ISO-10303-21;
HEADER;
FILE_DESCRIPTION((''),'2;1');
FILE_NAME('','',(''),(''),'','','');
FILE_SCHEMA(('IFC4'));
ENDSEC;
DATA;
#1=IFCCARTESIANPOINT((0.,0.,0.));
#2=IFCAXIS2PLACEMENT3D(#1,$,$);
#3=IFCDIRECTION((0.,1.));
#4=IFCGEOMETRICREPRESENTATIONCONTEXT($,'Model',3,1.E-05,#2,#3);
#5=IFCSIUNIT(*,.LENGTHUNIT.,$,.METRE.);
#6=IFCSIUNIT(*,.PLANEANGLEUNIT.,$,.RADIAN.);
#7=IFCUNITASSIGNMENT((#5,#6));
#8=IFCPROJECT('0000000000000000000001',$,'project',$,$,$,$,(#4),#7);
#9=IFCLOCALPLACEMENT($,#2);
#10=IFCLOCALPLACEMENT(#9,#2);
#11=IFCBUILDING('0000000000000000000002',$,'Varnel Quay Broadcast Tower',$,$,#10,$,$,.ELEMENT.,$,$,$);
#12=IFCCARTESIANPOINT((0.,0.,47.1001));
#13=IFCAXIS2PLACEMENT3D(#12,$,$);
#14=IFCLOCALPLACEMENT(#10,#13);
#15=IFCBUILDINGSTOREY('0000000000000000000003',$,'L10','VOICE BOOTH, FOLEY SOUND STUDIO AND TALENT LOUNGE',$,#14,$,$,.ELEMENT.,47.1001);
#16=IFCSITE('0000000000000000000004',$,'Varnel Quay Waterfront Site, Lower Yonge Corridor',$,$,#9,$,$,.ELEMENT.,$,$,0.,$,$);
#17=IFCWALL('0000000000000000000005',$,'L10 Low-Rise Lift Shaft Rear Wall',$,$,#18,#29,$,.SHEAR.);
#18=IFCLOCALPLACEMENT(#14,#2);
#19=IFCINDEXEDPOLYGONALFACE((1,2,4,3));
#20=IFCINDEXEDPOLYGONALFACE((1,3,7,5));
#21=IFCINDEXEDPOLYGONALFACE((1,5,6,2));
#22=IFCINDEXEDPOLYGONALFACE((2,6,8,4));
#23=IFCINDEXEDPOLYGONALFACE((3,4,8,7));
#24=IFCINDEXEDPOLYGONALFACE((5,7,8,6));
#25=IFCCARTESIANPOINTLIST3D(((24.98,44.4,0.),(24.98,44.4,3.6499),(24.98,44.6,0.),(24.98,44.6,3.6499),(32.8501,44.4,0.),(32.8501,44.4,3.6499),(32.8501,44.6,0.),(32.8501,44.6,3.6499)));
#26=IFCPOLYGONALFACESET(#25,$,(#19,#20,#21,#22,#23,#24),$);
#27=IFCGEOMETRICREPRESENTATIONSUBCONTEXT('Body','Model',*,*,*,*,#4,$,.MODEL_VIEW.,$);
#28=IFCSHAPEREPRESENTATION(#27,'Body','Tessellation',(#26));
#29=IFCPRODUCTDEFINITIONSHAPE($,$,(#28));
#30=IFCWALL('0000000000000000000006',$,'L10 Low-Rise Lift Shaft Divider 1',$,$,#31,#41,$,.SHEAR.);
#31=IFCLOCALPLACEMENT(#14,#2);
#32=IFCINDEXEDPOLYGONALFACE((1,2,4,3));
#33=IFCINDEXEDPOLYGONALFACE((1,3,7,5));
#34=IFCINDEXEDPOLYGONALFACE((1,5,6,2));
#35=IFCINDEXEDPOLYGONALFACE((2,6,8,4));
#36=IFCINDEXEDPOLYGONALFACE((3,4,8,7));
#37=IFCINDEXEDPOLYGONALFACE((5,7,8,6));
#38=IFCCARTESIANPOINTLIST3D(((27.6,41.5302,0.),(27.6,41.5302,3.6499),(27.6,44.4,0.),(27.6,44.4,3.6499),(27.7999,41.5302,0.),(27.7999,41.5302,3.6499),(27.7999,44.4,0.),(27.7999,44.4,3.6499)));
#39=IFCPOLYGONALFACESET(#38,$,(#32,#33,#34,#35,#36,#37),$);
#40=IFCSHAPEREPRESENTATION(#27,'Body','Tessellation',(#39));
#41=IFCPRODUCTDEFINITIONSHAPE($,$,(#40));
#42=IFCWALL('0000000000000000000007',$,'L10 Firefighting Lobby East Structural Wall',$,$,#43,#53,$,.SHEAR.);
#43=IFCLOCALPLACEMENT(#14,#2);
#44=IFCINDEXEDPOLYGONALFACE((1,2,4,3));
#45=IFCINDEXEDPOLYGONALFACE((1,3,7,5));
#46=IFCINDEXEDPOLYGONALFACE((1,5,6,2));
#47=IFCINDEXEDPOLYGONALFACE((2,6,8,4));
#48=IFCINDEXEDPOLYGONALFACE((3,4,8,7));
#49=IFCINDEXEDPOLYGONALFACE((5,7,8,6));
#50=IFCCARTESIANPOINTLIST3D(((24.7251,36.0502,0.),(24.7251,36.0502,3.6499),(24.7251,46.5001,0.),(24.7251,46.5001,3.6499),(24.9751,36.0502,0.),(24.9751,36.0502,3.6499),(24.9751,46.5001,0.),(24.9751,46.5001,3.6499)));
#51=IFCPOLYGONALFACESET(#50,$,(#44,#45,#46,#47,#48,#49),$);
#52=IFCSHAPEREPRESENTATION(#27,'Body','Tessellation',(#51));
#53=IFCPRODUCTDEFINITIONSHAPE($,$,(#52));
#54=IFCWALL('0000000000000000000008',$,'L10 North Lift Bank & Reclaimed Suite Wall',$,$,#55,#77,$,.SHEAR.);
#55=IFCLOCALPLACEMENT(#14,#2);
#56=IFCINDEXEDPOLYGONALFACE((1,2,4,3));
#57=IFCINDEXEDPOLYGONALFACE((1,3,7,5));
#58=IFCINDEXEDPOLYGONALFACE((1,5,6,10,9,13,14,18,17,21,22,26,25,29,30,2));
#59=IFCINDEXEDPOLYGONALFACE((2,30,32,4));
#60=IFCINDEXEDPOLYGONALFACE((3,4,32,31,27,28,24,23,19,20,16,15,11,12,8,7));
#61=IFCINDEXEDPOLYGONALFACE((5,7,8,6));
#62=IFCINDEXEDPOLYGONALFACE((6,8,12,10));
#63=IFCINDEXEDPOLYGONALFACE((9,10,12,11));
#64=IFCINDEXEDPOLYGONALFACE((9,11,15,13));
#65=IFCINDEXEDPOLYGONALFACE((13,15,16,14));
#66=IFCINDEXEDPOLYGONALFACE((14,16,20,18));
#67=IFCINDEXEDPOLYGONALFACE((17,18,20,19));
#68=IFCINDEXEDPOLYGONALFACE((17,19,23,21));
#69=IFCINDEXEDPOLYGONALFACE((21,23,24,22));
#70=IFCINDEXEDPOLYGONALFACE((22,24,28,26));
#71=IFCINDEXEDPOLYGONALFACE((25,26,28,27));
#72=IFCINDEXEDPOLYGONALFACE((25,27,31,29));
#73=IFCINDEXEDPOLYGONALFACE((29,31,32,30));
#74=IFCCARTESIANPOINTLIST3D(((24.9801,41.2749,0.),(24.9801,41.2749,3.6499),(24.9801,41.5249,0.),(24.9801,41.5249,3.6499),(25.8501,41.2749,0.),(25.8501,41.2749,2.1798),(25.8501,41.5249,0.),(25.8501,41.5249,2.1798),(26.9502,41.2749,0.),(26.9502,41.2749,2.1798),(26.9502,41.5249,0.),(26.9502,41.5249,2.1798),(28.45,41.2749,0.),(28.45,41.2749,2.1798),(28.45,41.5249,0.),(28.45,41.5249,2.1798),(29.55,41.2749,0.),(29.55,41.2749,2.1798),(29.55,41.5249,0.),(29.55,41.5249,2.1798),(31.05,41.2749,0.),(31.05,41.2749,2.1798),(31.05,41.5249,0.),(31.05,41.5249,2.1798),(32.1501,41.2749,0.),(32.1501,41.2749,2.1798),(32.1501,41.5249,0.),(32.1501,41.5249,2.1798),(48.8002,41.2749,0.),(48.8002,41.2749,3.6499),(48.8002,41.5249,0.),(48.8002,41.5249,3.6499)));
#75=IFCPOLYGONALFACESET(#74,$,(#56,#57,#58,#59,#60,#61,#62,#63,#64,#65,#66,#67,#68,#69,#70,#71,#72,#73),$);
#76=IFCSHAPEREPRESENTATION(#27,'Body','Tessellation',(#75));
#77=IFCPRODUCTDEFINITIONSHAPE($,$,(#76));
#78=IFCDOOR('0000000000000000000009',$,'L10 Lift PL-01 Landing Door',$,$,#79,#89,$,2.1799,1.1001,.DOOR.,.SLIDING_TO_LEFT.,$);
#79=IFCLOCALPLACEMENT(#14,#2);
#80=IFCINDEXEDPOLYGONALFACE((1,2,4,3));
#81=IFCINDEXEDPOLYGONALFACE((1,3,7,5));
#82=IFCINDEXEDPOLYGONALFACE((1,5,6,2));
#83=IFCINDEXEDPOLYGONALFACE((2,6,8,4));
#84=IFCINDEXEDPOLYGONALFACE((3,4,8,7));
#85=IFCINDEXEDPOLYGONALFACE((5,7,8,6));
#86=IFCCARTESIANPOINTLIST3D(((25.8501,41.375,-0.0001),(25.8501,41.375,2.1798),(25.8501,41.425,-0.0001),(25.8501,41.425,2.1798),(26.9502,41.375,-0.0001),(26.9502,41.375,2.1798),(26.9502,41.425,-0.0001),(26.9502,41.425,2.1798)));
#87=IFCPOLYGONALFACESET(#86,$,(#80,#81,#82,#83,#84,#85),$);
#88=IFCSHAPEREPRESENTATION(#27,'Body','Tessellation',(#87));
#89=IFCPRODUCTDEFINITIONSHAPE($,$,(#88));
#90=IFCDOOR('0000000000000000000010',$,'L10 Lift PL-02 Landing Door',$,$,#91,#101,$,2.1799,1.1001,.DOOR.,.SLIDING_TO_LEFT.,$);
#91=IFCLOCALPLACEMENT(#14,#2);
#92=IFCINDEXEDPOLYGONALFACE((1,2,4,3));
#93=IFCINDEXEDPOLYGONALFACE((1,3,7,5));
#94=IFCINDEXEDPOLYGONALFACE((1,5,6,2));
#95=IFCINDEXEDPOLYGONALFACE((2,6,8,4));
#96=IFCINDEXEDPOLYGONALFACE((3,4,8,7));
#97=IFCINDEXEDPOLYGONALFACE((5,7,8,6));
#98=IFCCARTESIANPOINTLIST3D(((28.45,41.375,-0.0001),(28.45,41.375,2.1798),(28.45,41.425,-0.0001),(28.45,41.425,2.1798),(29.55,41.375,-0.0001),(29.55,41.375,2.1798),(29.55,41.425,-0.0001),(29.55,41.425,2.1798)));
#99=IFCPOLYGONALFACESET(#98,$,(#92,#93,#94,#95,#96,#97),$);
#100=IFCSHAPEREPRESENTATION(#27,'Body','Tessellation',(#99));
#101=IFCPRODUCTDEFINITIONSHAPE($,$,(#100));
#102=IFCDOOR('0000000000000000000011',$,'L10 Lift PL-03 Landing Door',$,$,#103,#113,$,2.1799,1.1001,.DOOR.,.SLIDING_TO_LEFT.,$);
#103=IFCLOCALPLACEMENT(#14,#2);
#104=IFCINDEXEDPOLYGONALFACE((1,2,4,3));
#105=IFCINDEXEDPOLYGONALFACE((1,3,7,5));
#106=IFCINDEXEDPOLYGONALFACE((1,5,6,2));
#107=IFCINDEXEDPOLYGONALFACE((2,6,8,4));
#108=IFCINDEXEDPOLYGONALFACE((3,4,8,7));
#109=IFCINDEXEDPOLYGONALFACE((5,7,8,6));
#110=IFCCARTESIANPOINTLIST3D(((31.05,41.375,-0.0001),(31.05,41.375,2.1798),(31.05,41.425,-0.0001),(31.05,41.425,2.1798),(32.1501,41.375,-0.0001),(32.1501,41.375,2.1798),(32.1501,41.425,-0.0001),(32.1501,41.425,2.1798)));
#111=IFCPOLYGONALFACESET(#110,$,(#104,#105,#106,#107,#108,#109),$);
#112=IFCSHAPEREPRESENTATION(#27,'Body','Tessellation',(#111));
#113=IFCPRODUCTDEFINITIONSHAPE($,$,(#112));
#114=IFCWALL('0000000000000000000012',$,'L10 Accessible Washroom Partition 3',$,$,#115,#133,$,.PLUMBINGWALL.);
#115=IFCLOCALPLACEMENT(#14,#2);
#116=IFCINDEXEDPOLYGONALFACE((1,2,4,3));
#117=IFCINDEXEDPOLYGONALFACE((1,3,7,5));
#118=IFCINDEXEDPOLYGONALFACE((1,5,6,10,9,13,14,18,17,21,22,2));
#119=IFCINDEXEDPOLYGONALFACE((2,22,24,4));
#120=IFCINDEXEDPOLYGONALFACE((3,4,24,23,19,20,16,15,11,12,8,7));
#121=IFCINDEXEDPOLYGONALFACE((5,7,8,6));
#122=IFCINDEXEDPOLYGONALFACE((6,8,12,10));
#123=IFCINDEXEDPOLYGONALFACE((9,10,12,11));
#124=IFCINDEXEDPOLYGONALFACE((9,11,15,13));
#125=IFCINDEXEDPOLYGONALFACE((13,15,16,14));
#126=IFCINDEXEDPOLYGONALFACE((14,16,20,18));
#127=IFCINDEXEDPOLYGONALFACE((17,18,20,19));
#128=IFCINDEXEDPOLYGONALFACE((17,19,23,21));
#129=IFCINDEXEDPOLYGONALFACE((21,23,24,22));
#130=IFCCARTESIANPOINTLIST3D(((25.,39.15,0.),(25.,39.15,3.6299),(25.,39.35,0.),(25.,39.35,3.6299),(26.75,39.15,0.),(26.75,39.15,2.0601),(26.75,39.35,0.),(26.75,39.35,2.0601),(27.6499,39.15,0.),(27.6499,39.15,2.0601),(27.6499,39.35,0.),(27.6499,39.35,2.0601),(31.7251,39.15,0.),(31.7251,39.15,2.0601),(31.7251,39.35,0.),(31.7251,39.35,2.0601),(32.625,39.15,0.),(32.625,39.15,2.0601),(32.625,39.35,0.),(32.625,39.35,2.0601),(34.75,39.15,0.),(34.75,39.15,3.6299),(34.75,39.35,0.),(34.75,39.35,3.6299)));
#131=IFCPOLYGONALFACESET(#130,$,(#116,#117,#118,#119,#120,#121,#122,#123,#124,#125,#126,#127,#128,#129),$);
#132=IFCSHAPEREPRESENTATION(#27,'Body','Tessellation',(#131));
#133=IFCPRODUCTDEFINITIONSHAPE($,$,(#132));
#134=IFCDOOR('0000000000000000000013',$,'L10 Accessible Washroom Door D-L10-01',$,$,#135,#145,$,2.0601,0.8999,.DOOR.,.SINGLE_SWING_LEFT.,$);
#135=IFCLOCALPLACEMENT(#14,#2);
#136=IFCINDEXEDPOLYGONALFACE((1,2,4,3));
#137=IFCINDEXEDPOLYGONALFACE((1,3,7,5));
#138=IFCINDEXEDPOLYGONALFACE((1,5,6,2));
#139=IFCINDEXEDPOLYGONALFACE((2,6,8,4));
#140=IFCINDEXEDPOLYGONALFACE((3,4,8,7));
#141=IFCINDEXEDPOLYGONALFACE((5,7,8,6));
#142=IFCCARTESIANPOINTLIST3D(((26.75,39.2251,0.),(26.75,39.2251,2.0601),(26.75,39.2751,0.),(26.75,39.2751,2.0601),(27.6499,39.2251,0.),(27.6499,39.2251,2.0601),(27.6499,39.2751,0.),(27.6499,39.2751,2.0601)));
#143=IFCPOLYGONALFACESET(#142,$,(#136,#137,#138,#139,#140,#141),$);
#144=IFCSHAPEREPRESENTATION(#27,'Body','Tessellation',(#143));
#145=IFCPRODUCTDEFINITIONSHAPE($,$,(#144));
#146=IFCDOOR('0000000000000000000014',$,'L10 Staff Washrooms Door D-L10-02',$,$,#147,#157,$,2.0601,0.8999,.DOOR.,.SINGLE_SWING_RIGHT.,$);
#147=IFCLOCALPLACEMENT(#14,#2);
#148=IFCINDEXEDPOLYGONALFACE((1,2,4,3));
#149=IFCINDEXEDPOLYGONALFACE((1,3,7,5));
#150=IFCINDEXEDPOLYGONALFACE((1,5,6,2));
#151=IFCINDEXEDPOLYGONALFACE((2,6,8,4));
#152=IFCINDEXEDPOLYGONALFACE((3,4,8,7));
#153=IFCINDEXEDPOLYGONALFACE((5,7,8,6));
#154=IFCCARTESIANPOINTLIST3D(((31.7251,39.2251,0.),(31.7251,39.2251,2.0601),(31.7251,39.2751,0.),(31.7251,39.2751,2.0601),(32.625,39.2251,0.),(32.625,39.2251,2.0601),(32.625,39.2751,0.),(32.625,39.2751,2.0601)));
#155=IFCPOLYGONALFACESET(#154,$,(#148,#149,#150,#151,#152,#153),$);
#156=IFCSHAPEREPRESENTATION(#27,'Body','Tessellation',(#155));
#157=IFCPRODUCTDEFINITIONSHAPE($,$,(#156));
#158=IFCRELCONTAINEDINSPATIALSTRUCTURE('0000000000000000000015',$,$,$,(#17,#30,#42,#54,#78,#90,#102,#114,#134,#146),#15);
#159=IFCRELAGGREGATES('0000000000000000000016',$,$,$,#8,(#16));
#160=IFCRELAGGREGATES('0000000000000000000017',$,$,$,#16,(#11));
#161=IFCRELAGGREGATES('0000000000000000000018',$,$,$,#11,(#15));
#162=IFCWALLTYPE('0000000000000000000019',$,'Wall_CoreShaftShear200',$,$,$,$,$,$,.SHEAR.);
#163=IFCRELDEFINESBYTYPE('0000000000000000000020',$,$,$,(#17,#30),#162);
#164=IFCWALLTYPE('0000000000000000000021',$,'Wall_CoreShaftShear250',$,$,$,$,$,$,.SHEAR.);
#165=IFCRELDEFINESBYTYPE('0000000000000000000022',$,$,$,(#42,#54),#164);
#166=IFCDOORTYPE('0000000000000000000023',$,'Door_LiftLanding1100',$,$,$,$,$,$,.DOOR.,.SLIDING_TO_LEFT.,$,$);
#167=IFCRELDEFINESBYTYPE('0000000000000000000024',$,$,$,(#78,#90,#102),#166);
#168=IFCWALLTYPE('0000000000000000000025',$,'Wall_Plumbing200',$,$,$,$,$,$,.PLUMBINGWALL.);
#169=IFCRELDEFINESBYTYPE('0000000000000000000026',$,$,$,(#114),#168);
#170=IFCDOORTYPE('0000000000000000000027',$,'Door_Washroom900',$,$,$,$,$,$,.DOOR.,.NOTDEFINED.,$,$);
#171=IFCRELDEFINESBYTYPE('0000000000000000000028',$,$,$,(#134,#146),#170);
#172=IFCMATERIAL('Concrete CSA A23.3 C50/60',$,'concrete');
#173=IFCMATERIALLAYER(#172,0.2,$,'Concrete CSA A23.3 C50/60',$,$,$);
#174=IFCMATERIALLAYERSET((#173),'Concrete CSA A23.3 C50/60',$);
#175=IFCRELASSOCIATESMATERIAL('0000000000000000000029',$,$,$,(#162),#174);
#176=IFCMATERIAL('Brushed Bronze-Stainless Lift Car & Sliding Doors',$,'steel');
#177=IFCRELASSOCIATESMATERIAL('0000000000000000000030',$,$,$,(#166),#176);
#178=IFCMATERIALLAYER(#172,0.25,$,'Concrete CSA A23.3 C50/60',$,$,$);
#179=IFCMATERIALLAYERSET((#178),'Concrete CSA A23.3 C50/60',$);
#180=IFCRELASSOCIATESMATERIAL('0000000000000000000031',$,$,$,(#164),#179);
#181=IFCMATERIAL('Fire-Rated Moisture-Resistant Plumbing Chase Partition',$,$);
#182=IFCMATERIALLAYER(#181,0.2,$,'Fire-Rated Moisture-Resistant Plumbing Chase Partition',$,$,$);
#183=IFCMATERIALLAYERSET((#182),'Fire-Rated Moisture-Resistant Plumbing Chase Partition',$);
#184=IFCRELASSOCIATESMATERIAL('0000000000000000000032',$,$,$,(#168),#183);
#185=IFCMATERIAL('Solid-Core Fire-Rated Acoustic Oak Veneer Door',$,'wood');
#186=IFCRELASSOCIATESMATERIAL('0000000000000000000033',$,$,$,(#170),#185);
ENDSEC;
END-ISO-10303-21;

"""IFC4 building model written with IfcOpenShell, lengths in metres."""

from ifc_helpers import new_model, si_unit, direction, frame, frame_2d, origin, place, context, subcontext, project, spatial, rectangle, extrude, source, transform, mapped, material, layer, layer_set, type_object, type_shapes, element, fill, save


model = new_model("IFC4")

# Units and contexts
model_context = context("Model", 3, precision=1e-05, world=origin(), true_north=direction((0.0, 1.0)))
body_context = subcontext(model_context, "Body", "Model", "MODEL_VIEW")
ifc_project = project(units=[si_unit("LENGTHUNIT", "METRE"), si_unit("PLANEANGLEUNIT", "RADIAN")], contexts=[model_context])

# Site, building, storey
site_placement = place(None, origin())
site = spatial("IfcSite", under=ifc_project, at=site_placement, Name="Varnel Quay Waterfront Site, Lower Yonge Corridor", CompositionType="ELEMENT", RefElevation=0.0)
building_placement = place(site_placement, origin())
building = spatial("IfcBuilding", under=site, at=building_placement, Name="Varnel Quay Broadcast Tower", CompositionType="ELEMENT")
storey_placement = place(building_placement, frame((0.0, 0.0, 47.1001)))
storey = spatial("IfcBuildingStorey", under=building, at=storey_placement, Name="L10", Description="VOICE BOOTH, FOLEY SOUND STUDIO AND TALENT LOUNGE", CompositionType="ELEMENT", Elevation=47.1001)

# Shared definitions
ifc_material_1 = material(Name="Concrete CSA A23.3 C50/60", Category="concrete")
ifc_layer_1 = layer(ifc_material_1, 0.2, Name="Concrete CSA A23.3 C50/60")
ifc_layer_set_1 = layer_set([ifc_layer_1], Name="Concrete CSA A23.3 C50/60")
wall_type_1 = type_object("IfcWallType", Name="Wall_CoreShaftShear200", PredefinedType="SHEAR", material=ifc_layer_set_1)

# Shared definitions
ifc_material_2 = material(Name="Brushed Bronze-Stainless Lift Car & Sliding Doors", Category="steel")
door_type_1 = type_object("IfcDoorType", Name="Door_LiftLanding1100", OperationType="SLIDING_TO_LEFT", PredefinedType="DOOR", material=ifc_material_2)
shared_shape_1 = source(origin(), body_context, "Body", "SweptSolid", [
    extrude(rectangle(XDim=1.1001, YDim=2.1799, at=frame_2d((0.55, 1.0898))), frame((0.0, 0.0249, 0.0), z_axis=(0.0, -1.0, 0.0), x_axis=(1.0, 0.0, 0.0)), (0.0, 0.0, 1.0), 0.05),
])
type_shapes(door_type_1, [shared_shape_1])

# Walls
wall_1_placement = place(storey_placement, frame((24.98, 44.5, 0.0), z_axis=(0.0, 0.0, 1.0), x_axis=(1.0, 0.0, 0.0)))
element("IfcWall", 1, at=wall_1_placement, inside=storey, type_object=wall_type_1, Name="L10 Low-Rise Lift Shaft Rear Wall", PredefinedType="SHEAR", context=body_context, shape_type="SweptSolid", body=[
    extrude(rectangle(XDim=7.8701, YDim=0.2, at=frame_2d((3.9351, 0.0))), origin(), (0.0, 0.0, 1.0), 3.6499),
])
wall_2_placement = place(storey_placement, frame((27.7, 41.53, 0.0), z_axis=(0.0, 0.0, 1.0), x_axis=(0.0, 1.0, 0.0)))
element("IfcWall", 2, at=wall_2_placement, inside=storey, type_object=wall_type_1, Name="L10 Low-Rise Lift Shaft Divider 1", PredefinedType="SHEAR", context=body_context, shape_type="SweptSolid", body=[
    extrude(rectangle(XDim=2.8699, YDim=0.2, at=frame_2d((1.4351, 0.0))), origin(), (0.0, 0.0, 1.0), 3.6499),
])
ifc_layer_2 = layer(ifc_material_1, 0.25, Name="Concrete CSA A23.3 C50/60")
ifc_layer_set_2 = layer_set([ifc_layer_2], Name="Concrete CSA A23.3 C50/60")
wall_type_2 = type_object("IfcWallType", Name="Wall_CoreShaftShear250", PredefinedType="SHEAR", material=ifc_layer_set_2)
wall_3_placement = place(storey_placement, frame((24.8501, 36.05, 0.0), z_axis=(0.0, 0.0, 1.0), x_axis=(0.0, 1.0, 0.0)))
element("IfcWall", 3, at=wall_3_placement, inside=storey, type_object=wall_type_2, Name="L10 Firefighting Lobby East Structural Wall", PredefinedType="SHEAR", context=body_context, shape_type="SweptSolid", body=[
    extrude(rectangle(XDim=10.45, YDim=0.25, at=frame_2d((5.2251, 0.0))), origin(), (0.0, 0.0, 1.0), 3.6499),
])

# Walls, openings, doors
wall_4_placement = place(storey_placement, frame((24.98, 41.3999, 0.0), z_axis=(0.0, 0.0, 1.0), x_axis=(1.0, 0.0, 0.0)))
wall_4 = element("IfcWall", 4, at=wall_4_placement, inside=storey, type_object=wall_type_2, Name="L10 North Lift Bank & Reclaimed Suite Wall", PredefinedType="SHEAR", context=body_context, shape_type="SweptSolid", body=[
    extrude(rectangle(XDim=23.8201, YDim=0.25, at=frame_2d((11.9102, 0.0))), origin(), (0.0, 0.0, 1.0), 3.6499),
])
opening_1_placement = place(wall_4_placement, frame((0.8701, 0.0, 0.0)))
opening_1 = element("IfcOpeningElement", 5, at=opening_1_placement, cuts=wall_4, PredefinedType="OPENING", context=body_context, shape_type="SweptSolid", body=[
    extrude(rectangle(XDim=1.1001, YDim=2.1799, at=frame_2d((0.55, 1.0898))), frame((0.0, 0.135, 0.0), z_axis=(0.0, -1.0, 0.0), x_axis=(1.0, 0.0, 0.0)), (0.0, 0.0, 1.0), 0.27),
])
opening_2_placement = place(wall_4_placement, frame((3.47, 0.0, 0.0)))
opening_2 = element("IfcOpeningElement", 6, at=opening_2_placement, cuts=wall_4, PredefinedType="OPENING", context=body_context, shape_type="SweptSolid", body=[
    extrude(rectangle(XDim=1.1001, YDim=2.1799, at=frame_2d((0.55, 1.0898))), frame((0.0, 0.135, 0.0), z_axis=(0.0, -1.0, 0.0), x_axis=(1.0, 0.0, 0.0)), (0.0, 0.0, 1.0), 0.27),
])
opening_3_placement = place(wall_4_placement, frame((6.0701, 0.0, 0.0)))
opening_3 = element("IfcOpeningElement", 7, at=opening_3_placement, cuts=wall_4, PredefinedType="OPENING", context=body_context, shape_type="SweptSolid", body=[
    extrude(rectangle(XDim=1.1001, YDim=2.1799, at=frame_2d((0.55, 1.0898))), frame((0.0, 0.135, 0.0), z_axis=(0.0, -1.0, 0.0), x_axis=(1.0, 0.0, 0.0)), (0.0, 0.0, 1.0), 0.27),
])
door_1_placement = place(opening_1_placement, frame((1.1001, 0.0, 0.0), z_axis=(0.0, 0.0, 1.0), x_axis=(-1.0, 0.0, 0.0)))
door_1 = element("IfcDoor", 8, at=door_1_placement, inside=storey, type_object=door_type_1, Name="L10 Lift PL-01 Landing Door", OperationType="SLIDING_TO_LEFT", OverallHeight=2.1799, OverallWidth=1.1001, PredefinedType="DOOR", context=body_context, shape_type="MappedRepresentation", body=[
    mapped(shared_shape_1, transform((0.0, 0.0, 0.0), x_axis=(1.0, 0.0, 0.0), y_axis=(0.0, 1.0, 0.0), z_axis=(0.0, 0.0, 1.0), scale=1.0)),
])
fill(opening_1, door_1)
door_2_placement = place(opening_2_placement, frame((1.1001, 0.0, 0.0), z_axis=(0.0, 0.0, 1.0), x_axis=(-1.0, 0.0, 0.0)))
door_2 = element("IfcDoor", 9, at=door_2_placement, inside=storey, type_object=door_type_1, Name="L10 Lift PL-02 Landing Door", OperationType="SLIDING_TO_LEFT", OverallHeight=2.1799, OverallWidth=1.1001, PredefinedType="DOOR", context=body_context, shape_type="MappedRepresentation", body=[
    mapped(shared_shape_1, transform((0.0, 0.0, 0.0), x_axis=(1.0, 0.0, 0.0), y_axis=(0.0, 1.0, 0.0), z_axis=(0.0, 0.0, 1.0), scale=1.0)),
])
fill(opening_2, door_2)
door_3_placement = place(opening_3_placement, frame((1.1001, 0.0, 0.0), z_axis=(0.0, 0.0, 1.0), x_axis=(-1.0, 0.0, 0.0)))
door_3 = element("IfcDoor", 10, at=door_3_placement, inside=storey, type_object=door_type_1, Name="L10 Lift PL-03 Landing Door", OperationType="SLIDING_TO_LEFT", OverallHeight=2.1799, OverallWidth=1.1001, PredefinedType="DOOR", context=body_context, shape_type="MappedRepresentation", body=[
    mapped(shared_shape_1, transform((0.0, 0.0, 0.0), x_axis=(1.0, 0.0, 0.0), y_axis=(0.0, 1.0, 0.0), z_axis=(0.0, 0.0, 1.0), scale=1.0)),
])
fill(opening_3, door_3)
ifc_material_3 = material(Name="Fire-Rated Moisture-Resistant Plumbing Chase Partition")
ifc_layer_3 = layer(ifc_material_3, 0.2, Name="Fire-Rated Moisture-Resistant Plumbing Chase Partition")
ifc_layer_set_3 = layer_set([ifc_layer_3], Name="Fire-Rated Moisture-Resistant Plumbing Chase Partition")
wall_type_3 = type_object("IfcWallType", Name="Wall_Plumbing200", PredefinedType="PLUMBINGWALL", material=ifc_layer_set_3)
wall_5_placement = place(storey_placement, frame((25.0, 39.25, 0.0), z_axis=(0.0, 0.0, 1.0), x_axis=(1.0, 0.0, 0.0)))
wall_5 = element("IfcWall", 11, at=wall_5_placement, inside=storey, type_object=wall_type_3, Name="L10 Accessible Washroom Partition 3", PredefinedType="PLUMBINGWALL", context=body_context, shape_type="SweptSolid", body=[
    extrude(rectangle(XDim=9.75, YDim=0.2, at=frame_2d((4.875, 0.0))), origin(), (0.0, 0.0, 1.0), 3.6299),
])
opening_4_placement = place(wall_5_placement, frame((1.75, 0.0, 0.0)))
opening_4 = element("IfcOpeningElement", 12, at=opening_4_placement, cuts=wall_5, PredefinedType="OPENING", context=body_context, shape_type="SweptSolid", body=[
    extrude(rectangle(XDim=0.8999, YDim=2.0601, at=frame_2d((0.45, 1.03))), frame((0.0, 0.1099, 0.0), z_axis=(0.0, -1.0, 0.0), x_axis=(1.0, 0.0, 0.0)), (0.0, 0.0, 1.0), 0.22),
])
opening_5_placement = place(wall_5_placement, frame((6.7251, 0.0, 0.0)))
opening_5 = element("IfcOpeningElement", 13, at=opening_5_placement, cuts=wall_5, PredefinedType="OPENING", context=body_context, shape_type="SweptSolid", body=[
    extrude(rectangle(XDim=0.8999, YDim=2.0601, at=frame_2d((0.45, 1.03))), frame((0.0, 0.1099, 0.0), z_axis=(0.0, -1.0, 0.0), x_axis=(1.0, 0.0, 0.0)), (0.0, 0.0, 1.0), 0.22),
])
ifc_material_4 = material(Name="Solid-Core Fire-Rated Acoustic Oak Veneer Door", Category="wood")
door_type_2 = type_object("IfcDoorType", Name="Door_Washroom900", OperationType="NOTDEFINED", PredefinedType="DOOR", material=ifc_material_4)
shared_shape_2 = source(origin(), body_context, "Body", "SweptSolid", [
    extrude(rectangle(XDim=0.8999, YDim=2.0601, at=frame_2d((0.45, 1.03))), frame((0.0, 0.0249, 0.0), z_axis=(0.0, -1.0, 0.0), x_axis=(1.0, 0.0, 0.0)), (0.0, 0.0, 1.0), 0.05),
])
type_shapes(door_type_2, [shared_shape_2])
door_4_placement = place(opening_4_placement, frame((0.8999, 0.0, 0.0), z_axis=(0.0, 0.0, 1.0), x_axis=(-1.0, 0.0, 0.0)))
door_4 = element("IfcDoor", 14, at=door_4_placement, inside=storey, type_object=door_type_2, Name="L10 Accessible Washroom Door D-L10-01", OperationType="SINGLE_SWING_LEFT", OverallHeight=2.0601, OverallWidth=0.8999, PredefinedType="DOOR", context=body_context, shape_type="MappedRepresentation", body=[
    mapped(shared_shape_2, transform((0.0, 0.0, 0.0), x_axis=(1.0, 0.0, 0.0), y_axis=(0.0, 1.0, 0.0), z_axis=(0.0, 0.0, 1.0), scale=1.0)),
])
fill(opening_4, door_4)
door_5_placement = place(opening_5_placement, frame((0.8999, 0.0, 0.0), z_axis=(0.0, 0.0, 1.0), x_axis=(-1.0, 0.0, 0.0)))
door_5 = element("IfcDoor", 15, at=door_5_placement, inside=storey, type_object=door_type_2, Name="L10 Staff Washrooms Door D-L10-02", OperationType="SINGLE_SWING_RIGHT", OverallHeight=2.0601, OverallWidth=0.8999, PredefinedType="DOOR", context=body_context, shape_type="MappedRepresentation", body=[
    mapped(shared_shape_2, transform((0.0, 0.0, 0.0), x_axis=(1.0, 0.0, 0.0), y_axis=(0.0, 1.0, 0.0), z_axis=(0.0, 0.0, 1.0), scale=1.0)),
])
fill(opening_5, door_5)

save(model, "model.ifc")
